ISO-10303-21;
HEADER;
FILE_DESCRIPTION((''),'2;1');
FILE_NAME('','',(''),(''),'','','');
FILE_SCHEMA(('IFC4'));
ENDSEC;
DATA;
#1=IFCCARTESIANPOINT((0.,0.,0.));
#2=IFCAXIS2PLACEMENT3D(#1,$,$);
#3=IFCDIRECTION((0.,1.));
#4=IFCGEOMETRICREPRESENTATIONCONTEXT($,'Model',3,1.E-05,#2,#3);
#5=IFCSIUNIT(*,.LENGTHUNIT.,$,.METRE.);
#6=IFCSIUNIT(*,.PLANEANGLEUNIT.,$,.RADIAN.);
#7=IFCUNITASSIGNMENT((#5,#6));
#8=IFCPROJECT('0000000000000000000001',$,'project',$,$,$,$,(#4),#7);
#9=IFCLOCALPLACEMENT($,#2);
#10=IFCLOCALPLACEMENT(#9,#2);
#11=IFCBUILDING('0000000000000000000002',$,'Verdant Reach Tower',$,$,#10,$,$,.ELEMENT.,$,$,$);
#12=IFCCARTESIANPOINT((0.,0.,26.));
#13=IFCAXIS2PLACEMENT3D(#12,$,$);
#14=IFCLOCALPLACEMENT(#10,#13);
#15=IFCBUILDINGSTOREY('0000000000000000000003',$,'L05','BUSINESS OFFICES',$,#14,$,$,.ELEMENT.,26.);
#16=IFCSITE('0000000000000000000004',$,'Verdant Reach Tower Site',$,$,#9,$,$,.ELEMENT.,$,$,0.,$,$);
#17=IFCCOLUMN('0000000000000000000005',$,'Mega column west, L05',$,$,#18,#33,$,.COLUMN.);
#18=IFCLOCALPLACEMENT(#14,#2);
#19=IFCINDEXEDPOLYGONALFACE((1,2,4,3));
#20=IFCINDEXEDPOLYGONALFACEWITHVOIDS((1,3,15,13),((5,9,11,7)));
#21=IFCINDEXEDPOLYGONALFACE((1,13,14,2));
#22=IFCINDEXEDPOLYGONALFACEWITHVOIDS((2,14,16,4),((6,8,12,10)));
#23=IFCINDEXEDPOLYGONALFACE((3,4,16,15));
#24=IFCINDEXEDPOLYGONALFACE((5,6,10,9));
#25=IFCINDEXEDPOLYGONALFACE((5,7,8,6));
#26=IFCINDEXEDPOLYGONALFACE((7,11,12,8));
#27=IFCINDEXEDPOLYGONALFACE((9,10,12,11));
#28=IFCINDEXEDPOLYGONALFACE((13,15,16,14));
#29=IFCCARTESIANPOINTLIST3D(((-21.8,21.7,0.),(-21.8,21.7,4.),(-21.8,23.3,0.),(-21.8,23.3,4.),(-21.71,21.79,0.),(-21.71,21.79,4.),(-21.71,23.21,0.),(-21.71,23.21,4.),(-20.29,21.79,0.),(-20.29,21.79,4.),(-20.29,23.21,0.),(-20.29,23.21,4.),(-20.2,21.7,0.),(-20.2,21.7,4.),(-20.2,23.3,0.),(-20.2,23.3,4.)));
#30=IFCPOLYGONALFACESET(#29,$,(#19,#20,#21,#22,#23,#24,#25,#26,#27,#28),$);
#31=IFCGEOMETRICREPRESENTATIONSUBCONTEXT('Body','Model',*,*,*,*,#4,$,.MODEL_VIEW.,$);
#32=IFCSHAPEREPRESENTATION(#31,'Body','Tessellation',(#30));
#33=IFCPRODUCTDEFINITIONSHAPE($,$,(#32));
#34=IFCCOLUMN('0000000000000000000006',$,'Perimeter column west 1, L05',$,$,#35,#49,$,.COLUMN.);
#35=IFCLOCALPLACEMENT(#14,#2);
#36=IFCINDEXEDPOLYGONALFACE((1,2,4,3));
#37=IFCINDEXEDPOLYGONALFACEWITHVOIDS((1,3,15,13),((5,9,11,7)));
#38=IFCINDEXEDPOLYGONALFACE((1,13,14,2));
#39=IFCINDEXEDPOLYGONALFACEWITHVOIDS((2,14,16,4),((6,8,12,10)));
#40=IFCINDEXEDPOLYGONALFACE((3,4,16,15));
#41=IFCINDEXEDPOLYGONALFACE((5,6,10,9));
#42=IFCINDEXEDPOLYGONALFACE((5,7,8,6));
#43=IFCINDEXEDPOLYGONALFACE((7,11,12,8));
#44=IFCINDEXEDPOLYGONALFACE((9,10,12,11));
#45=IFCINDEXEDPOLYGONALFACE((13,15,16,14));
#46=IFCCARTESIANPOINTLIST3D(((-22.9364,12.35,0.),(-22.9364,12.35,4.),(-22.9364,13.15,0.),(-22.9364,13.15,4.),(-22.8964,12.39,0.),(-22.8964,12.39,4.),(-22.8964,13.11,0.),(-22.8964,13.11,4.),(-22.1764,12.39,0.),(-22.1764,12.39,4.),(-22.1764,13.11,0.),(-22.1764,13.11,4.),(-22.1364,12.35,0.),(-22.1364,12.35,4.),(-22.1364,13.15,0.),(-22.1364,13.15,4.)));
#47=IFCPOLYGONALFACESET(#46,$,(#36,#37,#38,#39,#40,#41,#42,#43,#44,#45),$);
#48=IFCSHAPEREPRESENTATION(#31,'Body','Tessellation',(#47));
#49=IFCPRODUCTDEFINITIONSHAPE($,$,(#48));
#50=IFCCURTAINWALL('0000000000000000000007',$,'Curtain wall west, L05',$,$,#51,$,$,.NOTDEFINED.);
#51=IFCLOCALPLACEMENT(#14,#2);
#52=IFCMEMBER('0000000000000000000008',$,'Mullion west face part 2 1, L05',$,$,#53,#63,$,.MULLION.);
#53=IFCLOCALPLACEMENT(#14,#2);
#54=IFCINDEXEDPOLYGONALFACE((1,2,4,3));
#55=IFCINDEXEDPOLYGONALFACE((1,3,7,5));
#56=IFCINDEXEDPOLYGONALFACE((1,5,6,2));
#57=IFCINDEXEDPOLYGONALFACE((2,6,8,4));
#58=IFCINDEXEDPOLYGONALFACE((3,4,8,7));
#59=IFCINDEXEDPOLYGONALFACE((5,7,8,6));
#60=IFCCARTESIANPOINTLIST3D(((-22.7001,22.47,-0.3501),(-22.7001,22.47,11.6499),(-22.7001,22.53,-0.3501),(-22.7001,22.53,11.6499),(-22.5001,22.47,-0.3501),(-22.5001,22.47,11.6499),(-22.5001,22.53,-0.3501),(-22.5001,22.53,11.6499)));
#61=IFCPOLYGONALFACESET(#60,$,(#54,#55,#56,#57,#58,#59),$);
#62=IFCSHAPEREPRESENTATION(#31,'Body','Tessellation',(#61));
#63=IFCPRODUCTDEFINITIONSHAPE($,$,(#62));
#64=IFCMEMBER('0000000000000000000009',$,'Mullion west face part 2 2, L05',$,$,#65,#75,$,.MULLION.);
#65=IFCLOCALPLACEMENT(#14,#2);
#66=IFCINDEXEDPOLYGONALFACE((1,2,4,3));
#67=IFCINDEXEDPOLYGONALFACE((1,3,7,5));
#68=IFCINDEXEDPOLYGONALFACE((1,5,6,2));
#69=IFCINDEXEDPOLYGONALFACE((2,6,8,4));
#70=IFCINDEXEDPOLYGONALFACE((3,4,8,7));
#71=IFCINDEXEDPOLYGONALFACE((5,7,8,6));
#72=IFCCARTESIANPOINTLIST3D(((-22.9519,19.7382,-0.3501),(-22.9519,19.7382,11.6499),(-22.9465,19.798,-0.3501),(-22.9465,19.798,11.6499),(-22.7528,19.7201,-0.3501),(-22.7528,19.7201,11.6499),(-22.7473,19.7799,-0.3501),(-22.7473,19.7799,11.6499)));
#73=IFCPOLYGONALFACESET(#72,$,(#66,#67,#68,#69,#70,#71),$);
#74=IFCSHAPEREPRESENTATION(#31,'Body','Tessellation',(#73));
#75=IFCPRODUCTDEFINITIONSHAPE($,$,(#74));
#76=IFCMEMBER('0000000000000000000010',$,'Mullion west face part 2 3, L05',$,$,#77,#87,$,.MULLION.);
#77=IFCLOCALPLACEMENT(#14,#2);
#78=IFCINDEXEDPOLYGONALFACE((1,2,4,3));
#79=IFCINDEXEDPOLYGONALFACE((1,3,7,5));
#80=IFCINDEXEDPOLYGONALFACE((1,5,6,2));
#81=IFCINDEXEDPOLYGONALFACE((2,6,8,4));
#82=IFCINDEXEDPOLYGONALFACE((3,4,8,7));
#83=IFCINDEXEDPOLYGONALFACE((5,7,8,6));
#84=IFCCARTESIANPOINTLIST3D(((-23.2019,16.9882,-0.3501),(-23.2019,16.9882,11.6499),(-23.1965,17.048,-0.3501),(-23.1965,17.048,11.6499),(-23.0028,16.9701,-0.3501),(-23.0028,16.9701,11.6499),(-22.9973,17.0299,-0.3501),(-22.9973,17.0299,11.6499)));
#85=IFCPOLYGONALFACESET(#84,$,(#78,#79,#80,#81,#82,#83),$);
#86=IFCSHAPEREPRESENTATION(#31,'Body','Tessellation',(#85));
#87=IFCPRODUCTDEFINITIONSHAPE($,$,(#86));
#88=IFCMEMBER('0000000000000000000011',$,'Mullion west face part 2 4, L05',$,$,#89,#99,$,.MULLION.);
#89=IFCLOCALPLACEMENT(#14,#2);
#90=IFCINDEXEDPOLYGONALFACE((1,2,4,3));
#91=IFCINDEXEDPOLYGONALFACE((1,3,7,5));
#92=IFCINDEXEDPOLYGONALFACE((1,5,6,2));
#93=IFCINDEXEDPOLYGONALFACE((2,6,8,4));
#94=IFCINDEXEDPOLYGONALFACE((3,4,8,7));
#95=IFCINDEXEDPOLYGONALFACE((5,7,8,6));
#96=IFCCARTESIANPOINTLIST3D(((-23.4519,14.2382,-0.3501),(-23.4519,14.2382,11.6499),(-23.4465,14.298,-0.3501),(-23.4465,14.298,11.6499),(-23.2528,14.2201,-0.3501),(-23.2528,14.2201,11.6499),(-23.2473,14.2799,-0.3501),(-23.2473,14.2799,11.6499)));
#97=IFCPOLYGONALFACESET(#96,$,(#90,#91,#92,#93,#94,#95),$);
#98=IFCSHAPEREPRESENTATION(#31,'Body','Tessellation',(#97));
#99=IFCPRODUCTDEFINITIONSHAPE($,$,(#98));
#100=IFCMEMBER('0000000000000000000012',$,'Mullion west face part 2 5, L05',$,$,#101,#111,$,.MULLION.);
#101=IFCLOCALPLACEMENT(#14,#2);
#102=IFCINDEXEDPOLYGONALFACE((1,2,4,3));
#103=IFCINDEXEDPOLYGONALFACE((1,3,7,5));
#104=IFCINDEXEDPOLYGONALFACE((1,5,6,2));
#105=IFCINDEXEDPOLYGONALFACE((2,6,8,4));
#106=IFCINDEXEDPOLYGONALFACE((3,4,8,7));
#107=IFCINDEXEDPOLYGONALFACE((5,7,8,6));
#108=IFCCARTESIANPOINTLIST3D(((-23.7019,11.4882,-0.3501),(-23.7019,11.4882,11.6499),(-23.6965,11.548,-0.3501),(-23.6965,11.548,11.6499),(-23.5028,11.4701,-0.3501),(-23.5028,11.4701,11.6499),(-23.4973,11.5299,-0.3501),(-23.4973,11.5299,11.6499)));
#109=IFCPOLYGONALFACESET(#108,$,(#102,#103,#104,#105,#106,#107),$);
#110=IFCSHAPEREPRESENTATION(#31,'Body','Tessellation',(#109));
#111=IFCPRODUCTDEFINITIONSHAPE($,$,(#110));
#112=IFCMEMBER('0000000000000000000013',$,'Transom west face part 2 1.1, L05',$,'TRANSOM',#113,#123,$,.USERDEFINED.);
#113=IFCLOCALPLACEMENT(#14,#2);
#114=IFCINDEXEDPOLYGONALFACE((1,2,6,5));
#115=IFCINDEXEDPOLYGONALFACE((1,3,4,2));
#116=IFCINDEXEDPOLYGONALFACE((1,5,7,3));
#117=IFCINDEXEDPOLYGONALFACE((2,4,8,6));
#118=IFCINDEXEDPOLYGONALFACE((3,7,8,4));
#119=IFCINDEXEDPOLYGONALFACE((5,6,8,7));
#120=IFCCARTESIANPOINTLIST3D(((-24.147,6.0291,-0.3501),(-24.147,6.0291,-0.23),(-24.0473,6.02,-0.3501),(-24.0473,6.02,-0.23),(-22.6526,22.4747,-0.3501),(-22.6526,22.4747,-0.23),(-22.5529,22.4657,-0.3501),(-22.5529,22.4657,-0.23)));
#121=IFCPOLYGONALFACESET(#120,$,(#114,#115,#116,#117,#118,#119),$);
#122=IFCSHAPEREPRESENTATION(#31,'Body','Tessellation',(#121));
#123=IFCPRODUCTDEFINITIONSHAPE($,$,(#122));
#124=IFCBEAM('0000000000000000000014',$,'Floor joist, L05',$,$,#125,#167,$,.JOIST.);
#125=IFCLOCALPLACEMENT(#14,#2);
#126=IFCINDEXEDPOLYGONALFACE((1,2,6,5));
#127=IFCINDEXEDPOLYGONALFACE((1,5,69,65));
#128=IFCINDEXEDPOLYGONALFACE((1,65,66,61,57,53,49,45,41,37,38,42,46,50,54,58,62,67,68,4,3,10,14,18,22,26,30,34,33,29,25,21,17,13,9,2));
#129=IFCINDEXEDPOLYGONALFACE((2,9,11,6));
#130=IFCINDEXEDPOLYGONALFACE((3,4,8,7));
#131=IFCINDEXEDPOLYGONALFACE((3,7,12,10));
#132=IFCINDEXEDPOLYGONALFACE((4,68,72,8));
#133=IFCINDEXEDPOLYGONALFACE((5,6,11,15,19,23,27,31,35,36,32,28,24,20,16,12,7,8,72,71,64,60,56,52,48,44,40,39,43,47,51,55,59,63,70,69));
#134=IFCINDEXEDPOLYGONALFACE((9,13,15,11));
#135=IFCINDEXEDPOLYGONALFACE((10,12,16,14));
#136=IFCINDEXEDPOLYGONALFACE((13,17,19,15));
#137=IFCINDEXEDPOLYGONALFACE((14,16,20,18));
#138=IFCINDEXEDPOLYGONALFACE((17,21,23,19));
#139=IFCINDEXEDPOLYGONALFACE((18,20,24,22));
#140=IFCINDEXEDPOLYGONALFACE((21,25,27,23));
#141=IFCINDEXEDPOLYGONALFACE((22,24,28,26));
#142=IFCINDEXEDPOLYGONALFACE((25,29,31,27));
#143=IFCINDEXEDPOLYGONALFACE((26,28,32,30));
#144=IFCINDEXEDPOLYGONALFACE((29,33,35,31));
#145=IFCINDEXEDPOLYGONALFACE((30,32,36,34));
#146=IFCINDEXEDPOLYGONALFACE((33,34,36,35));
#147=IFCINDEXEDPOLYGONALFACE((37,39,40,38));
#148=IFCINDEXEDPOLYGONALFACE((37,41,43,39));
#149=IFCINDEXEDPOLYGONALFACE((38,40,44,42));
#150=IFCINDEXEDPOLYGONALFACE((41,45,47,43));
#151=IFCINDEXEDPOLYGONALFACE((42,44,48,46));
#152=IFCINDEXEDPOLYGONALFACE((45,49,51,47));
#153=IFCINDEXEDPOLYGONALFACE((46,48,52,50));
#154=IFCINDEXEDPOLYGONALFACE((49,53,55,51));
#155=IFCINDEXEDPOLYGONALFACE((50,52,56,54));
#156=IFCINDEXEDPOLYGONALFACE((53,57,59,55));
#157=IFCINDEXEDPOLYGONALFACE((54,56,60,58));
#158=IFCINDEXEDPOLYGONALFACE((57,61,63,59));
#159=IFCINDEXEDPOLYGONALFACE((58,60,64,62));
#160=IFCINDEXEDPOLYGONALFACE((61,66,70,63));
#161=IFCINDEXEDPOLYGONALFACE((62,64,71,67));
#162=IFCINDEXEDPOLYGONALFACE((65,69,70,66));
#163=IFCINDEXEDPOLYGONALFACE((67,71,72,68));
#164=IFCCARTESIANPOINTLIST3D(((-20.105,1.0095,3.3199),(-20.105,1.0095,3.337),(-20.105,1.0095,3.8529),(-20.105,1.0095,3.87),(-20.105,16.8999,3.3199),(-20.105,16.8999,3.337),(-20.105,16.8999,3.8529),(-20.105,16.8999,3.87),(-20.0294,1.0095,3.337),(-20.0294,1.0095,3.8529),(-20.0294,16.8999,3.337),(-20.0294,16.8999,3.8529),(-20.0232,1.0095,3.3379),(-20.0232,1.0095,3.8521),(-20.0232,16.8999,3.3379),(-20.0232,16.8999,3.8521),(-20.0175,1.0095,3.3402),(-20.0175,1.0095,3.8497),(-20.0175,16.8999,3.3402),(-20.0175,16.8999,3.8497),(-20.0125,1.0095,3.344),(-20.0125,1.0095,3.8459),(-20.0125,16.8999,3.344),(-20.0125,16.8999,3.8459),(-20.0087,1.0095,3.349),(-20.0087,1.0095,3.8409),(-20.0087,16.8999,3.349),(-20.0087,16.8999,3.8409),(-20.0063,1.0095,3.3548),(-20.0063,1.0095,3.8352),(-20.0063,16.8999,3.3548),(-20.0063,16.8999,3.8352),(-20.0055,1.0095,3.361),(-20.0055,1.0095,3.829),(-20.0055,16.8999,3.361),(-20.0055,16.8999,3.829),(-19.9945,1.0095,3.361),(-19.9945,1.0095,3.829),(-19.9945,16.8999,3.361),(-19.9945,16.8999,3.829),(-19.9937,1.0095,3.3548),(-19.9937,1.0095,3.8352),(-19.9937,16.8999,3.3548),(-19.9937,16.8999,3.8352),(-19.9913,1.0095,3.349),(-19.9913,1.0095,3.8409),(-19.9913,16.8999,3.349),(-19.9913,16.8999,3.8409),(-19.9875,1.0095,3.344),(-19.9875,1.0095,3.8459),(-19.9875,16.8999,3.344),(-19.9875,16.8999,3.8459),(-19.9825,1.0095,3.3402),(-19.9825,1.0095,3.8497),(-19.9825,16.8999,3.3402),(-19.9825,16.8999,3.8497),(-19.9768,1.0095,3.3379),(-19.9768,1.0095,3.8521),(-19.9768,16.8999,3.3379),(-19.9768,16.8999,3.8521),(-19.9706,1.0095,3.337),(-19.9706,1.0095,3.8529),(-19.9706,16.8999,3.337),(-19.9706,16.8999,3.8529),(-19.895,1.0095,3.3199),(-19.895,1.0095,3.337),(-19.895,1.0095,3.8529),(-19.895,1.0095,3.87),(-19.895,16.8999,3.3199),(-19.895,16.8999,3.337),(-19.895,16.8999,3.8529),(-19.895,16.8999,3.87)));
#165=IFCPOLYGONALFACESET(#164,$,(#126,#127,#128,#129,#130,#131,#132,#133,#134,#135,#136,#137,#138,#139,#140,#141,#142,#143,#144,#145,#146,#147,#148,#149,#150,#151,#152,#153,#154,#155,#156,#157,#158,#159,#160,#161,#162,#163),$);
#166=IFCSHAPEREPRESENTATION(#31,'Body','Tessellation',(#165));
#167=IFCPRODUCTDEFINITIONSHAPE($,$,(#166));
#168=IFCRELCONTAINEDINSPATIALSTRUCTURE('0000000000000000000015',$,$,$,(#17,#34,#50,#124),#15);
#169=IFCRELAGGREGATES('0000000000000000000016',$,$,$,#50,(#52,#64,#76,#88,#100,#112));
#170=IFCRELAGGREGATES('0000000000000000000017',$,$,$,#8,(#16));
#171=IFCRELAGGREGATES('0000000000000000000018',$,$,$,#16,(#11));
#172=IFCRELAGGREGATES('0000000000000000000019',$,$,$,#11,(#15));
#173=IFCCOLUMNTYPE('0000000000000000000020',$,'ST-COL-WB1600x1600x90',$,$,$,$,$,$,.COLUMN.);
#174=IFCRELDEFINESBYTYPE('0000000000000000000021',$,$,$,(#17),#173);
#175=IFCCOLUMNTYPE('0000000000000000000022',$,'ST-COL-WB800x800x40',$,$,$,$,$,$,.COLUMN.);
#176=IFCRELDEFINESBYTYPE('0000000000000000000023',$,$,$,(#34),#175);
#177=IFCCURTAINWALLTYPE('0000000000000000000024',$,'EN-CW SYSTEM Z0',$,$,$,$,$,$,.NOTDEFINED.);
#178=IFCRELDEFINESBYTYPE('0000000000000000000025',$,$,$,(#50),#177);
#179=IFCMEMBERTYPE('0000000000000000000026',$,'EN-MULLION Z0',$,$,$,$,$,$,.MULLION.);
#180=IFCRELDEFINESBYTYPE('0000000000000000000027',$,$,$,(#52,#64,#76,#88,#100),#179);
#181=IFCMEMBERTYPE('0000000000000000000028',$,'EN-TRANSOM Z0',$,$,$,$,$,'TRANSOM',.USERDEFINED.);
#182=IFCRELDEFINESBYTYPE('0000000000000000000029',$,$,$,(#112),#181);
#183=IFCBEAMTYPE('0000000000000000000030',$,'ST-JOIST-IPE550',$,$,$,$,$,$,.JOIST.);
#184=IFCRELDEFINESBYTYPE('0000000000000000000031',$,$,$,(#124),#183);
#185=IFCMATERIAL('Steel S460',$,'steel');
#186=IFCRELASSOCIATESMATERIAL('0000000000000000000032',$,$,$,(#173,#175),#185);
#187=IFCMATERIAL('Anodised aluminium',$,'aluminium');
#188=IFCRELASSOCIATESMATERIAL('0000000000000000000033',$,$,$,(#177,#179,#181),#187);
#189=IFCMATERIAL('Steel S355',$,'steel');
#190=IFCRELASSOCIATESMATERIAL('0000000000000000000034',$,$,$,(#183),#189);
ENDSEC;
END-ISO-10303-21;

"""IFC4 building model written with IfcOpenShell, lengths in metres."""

from ifc_helpers import new_model, si_unit, direction, frame, origin, origin_2d, place, context, subcontext, project, spatial, rectangle, hollow_rectangle, i_section, extrude, material, material_profile, profile_set, type_object, element, aggregate, save


model = new_model("IFC4")

# Units and contexts
model_context = context("Model", 3, precision=1e-05, world=origin(), true_north=direction((0.0, 1.0)))
body_context = subcontext(model_context, "Body", "Model", "MODEL_VIEW")
ifc_project = project(units=[si_unit("LENGTHUNIT", "METRE"), si_unit("PLANEANGLEUNIT", "RADIAN")], contexts=[model_context])

# Site, building, storey
site_placement = place(None, origin())
site = spatial("IfcSite", under=ifc_project, at=site_placement, Name="Verdant Reach Tower Site", CompositionType="ELEMENT", RefElevation=0.0)
building_placement = place(site_placement, origin())
building = spatial("IfcBuilding", under=site, at=building_placement, Name="Verdant Reach Tower", CompositionType="ELEMENT")
storey_placement = place(building_placement, frame((0.0, 0.0, 26.0)))
storey = spatial("IfcBuildingStorey", under=building, at=storey_placement, Name="L05", Description="BUSINESS OFFICES", CompositionType="ELEMENT", Elevation=26.0)

# Columns
ifc_material_1 = material(Name="Steel S460", Category="steel")
ifc_material_profile_1 = material_profile(ifc_material_1, hollow_rectangle(XDim=1.6001, YDim=1.6001, WallThickness=0.0901, at=origin_2d()), Name="WB 1600x1600x90")
ifc_profile_set_1 = profile_set([ifc_material_profile_1], Name="Steel S460")
column_type_1 = type_object("IfcColumnType", Name="ST-COL-WB1600x1600x90", PredefinedType="COLUMN", material=ifc_profile_set_1)
column_1_placement = place(storey_placement, frame((-21.0, 22.5, 0.0), z_axis=(0.0, 0.0, 1.0), x_axis=(1.0, 0.0, 0.0)))
element("IfcColumn", 1, at=column_1_placement, inside=storey, type_object=column_type_1, Name="Mega column west, L05", PredefinedType="COLUMN", context=body_context, shape_type="SweptSolid", body=[
    extrude(hollow_rectangle(XDim=1.6001, YDim=1.6001, WallThickness=0.0901, at=origin_2d()), origin(), (0.0, 0.0, 1.0), 4.0),
])
ifc_material_profile_2 = material_profile(ifc_material_1, hollow_rectangle(XDim=0.8, YDim=0.8, WallThickness=0.04, at=origin_2d()), Name="WB 800x800x40")
ifc_profile_set_2 = profile_set([ifc_material_profile_2], Name="Steel S460")
column_type_2 = type_object("IfcColumnType", Name="ST-COL-WB800x800x40", PredefinedType="COLUMN", material=ifc_profile_set_2)
column_2_placement = place(storey_placement, frame((-22.5364, 12.75, 0.0), z_axis=(0.0, 0.0, 1.0), x_axis=(1.0, 0.0, 0.0)))
element("IfcColumn", 2, at=column_2_placement, inside=storey, type_object=column_type_2, Name="Perimeter column west 1, L05", PredefinedType="COLUMN", context=body_context, shape_type="SweptSolid", body=[
    extrude(hollow_rectangle(XDim=0.8, YDim=0.8, WallThickness=0.04, at=origin_2d()), origin(), (0.0, 0.0, 1.0), 4.0),
])

# Curtain wall, members
ifc_material_2 = material(Name="Anodised aluminium", Category="aluminium")
curtain_wall_type = type_object("IfcCurtainWallType", Name="EN-CW SYSTEM Z0", PredefinedType="NOTDEFINED", material=ifc_material_2)
curtain_wall_placement = place(storey_placement, origin())
curtain_wall = element("IfcCurtainWall", 3, at=curtain_wall_placement, inside=storey, type_object=curtain_wall_type, Name="Curtain wall west, L05", PredefinedType="NOTDEFINED")
ifc_material_profile_3 = material_profile(ifc_material_2, rectangle(XDim=0.2, YDim=0.0601, at=origin_2d()), Name="Mullion 60x200")
ifc_profile_set_3 = profile_set([ifc_material_profile_3], Name="Anodised aluminium")
member_type_1 = type_object("IfcMemberType", Name="EN-MULLION Z0", PredefinedType="MULLION", material=ifc_profile_set_3)
member_1_placement = place(storey_placement, frame((-22.6001, 22.5, -0.3501), z_axis=(0.0, 0.0, 1.0), x_axis=(-1.0, 0.0, 0.0)))
member_1 = element("IfcMember", 4, at=member_1_placement, type_object=member_type_1, Name="Mullion west face part 2 1, L05", PredefinedType="MULLION", context=body_context, shape_type="SweptSolid", body=[
    extrude(rectangle(XDim=0.2, YDim=0.0601, at=origin_2d()), origin(), (0.0, 0.0, 1.0), 12.0),
])
member_2_placement = place(storey_placement, frame((-22.8496, 19.759, -0.3501), z_axis=(0.0, 0.0, 1.0), x_axis=(-0.995893, 0.090536, 0.0)))
member_2 = element("IfcMember", 5, at=member_2_placement, type_object=member_type_1, Name="Mullion west face part 2 2, L05", PredefinedType="MULLION", context=body_context, shape_type="SweptSolid", body=[
    extrude(rectangle(XDim=0.2, YDim=0.0601, at=origin_2d()), origin(), (0.0, 0.0, 1.0), 12.0),
])
member_3_placement = place(storey_placement, frame((-23.0996, 17.009, -0.3501), z_axis=(0.0, 0.0, 1.0), x_axis=(-0.995893, 0.090536, 0.0)))
member_3 = element("IfcMember", 6, at=member_3_placement, type_object=member_type_1, Name="Mullion west face part 2 3, L05", PredefinedType="MULLION", context=body_context, shape_type="SweptSolid", body=[
    extrude(rectangle(XDim=0.2, YDim=0.0601, at=origin_2d()), origin(), (0.0, 0.0, 1.0), 12.0),
])
member_4_placement = place(storey_placement, frame((-23.3496, 14.259, -0.3501), z_axis=(0.0, 0.0, 1.0), x_axis=(-0.995893, 0.090536, 0.0)))
member_4 = element("IfcMember", 7, at=member_4_placement, type_object=member_type_1, Name="Mullion west face part 2 4, L05", PredefinedType="MULLION", context=body_context, shape_type="SweptSolid", body=[
    extrude(rectangle(XDim=0.2, YDim=0.0601, at=origin_2d()), origin(), (0.0, 0.0, 1.0), 12.0),
])
member_5_placement = place(storey_placement, frame((-23.5996, 11.509, -0.3501), z_axis=(0.0, 0.0, 1.0), x_axis=(-0.995893, 0.090536, 0.0)))
member_5 = element("IfcMember", 8, at=member_5_placement, type_object=member_type_1, Name="Mullion west face part 2 5, L05", PredefinedType="MULLION", context=body_context, shape_type="SweptSolid", body=[
    extrude(rectangle(XDim=0.2, YDim=0.0601, at=origin_2d()), origin(), (0.0, 0.0, 1.0), 12.0),
])
ifc_material_profile_4 = material_profile(ifc_material_2, rectangle(XDim=0.1001, YDim=0.1201, at=origin_2d()), Name="Transom 120x100")
ifc_profile_set_4 = profile_set([ifc_material_profile_4], Name="Anodised aluminium")
member_type_2 = type_object("IfcMemberType", Name="EN-TRANSOM Z0", ElementType="TRANSOM", PredefinedType="USERDEFINED", material=ifc_profile_set_4)
member_6_placement = place(storey_placement, frame((-22.6028, 22.4702, -0.29), z_axis=(-0.090496, -0.995897, 0.0), x_axis=(0.995897, -0.090496, 0.0)))
member_6 = element("IfcMember", 9, at=member_6_placement, type_object=member_type_2, Name="Transom west face part 2 1.1, L05", ObjectType="TRANSOM", PredefinedType="USERDEFINED", context=body_context, shape_type="SweptSolid", body=[
    extrude(rectangle(XDim=0.1001, YDim=0.1201, at=origin_2d()), origin(), (0.0, 0.0, 1.0), 16.5134),
])

# Beam
ifc_material_3 = material(Name="Steel S355", Category="steel")
ifc_material_profile_5 = material_profile(ifc_material_3, i_section(OverallWidth=0.21, OverallDepth=0.55, WebThickness=0.011, FlangeThickness=0.0171, FilletRadius=0.0239, at=origin_2d()), Name="IPE 550")
ifc_profile_set_5 = profile_set([ifc_material_profile_5], Name="Steel S355")
beam_type_1 = type_object("IfcBeamType", Name="ST-JOIST-IPE550", PredefinedType="JOIST", material=ifc_profile_set_5)
beam_1_placement = place(storey_placement, frame((-20.0, 16.8999, 3.595), z_axis=(0.0, -1.0, 0.0), x_axis=(1.0, 0.0, 0.0)))
element("IfcBeam", 10, at=beam_1_placement, inside=storey, type_object=beam_type_1, Name="Floor joist, L05", PredefinedType="JOIST", context=body_context, shape_type="SweptSolid", body=[
    extrude(i_section(OverallWidth=0.21, OverallDepth=0.55, WebThickness=0.011, FlangeThickness=0.0171, FilletRadius=0.0239, at=origin_2d()), origin(), (0.0, 0.0, 1.0), 15.8904),
])

aggregate(curtain_wall, [member_1, member_2, member_3, member_4, member_5, member_6])

save(model, "model.ifc")
